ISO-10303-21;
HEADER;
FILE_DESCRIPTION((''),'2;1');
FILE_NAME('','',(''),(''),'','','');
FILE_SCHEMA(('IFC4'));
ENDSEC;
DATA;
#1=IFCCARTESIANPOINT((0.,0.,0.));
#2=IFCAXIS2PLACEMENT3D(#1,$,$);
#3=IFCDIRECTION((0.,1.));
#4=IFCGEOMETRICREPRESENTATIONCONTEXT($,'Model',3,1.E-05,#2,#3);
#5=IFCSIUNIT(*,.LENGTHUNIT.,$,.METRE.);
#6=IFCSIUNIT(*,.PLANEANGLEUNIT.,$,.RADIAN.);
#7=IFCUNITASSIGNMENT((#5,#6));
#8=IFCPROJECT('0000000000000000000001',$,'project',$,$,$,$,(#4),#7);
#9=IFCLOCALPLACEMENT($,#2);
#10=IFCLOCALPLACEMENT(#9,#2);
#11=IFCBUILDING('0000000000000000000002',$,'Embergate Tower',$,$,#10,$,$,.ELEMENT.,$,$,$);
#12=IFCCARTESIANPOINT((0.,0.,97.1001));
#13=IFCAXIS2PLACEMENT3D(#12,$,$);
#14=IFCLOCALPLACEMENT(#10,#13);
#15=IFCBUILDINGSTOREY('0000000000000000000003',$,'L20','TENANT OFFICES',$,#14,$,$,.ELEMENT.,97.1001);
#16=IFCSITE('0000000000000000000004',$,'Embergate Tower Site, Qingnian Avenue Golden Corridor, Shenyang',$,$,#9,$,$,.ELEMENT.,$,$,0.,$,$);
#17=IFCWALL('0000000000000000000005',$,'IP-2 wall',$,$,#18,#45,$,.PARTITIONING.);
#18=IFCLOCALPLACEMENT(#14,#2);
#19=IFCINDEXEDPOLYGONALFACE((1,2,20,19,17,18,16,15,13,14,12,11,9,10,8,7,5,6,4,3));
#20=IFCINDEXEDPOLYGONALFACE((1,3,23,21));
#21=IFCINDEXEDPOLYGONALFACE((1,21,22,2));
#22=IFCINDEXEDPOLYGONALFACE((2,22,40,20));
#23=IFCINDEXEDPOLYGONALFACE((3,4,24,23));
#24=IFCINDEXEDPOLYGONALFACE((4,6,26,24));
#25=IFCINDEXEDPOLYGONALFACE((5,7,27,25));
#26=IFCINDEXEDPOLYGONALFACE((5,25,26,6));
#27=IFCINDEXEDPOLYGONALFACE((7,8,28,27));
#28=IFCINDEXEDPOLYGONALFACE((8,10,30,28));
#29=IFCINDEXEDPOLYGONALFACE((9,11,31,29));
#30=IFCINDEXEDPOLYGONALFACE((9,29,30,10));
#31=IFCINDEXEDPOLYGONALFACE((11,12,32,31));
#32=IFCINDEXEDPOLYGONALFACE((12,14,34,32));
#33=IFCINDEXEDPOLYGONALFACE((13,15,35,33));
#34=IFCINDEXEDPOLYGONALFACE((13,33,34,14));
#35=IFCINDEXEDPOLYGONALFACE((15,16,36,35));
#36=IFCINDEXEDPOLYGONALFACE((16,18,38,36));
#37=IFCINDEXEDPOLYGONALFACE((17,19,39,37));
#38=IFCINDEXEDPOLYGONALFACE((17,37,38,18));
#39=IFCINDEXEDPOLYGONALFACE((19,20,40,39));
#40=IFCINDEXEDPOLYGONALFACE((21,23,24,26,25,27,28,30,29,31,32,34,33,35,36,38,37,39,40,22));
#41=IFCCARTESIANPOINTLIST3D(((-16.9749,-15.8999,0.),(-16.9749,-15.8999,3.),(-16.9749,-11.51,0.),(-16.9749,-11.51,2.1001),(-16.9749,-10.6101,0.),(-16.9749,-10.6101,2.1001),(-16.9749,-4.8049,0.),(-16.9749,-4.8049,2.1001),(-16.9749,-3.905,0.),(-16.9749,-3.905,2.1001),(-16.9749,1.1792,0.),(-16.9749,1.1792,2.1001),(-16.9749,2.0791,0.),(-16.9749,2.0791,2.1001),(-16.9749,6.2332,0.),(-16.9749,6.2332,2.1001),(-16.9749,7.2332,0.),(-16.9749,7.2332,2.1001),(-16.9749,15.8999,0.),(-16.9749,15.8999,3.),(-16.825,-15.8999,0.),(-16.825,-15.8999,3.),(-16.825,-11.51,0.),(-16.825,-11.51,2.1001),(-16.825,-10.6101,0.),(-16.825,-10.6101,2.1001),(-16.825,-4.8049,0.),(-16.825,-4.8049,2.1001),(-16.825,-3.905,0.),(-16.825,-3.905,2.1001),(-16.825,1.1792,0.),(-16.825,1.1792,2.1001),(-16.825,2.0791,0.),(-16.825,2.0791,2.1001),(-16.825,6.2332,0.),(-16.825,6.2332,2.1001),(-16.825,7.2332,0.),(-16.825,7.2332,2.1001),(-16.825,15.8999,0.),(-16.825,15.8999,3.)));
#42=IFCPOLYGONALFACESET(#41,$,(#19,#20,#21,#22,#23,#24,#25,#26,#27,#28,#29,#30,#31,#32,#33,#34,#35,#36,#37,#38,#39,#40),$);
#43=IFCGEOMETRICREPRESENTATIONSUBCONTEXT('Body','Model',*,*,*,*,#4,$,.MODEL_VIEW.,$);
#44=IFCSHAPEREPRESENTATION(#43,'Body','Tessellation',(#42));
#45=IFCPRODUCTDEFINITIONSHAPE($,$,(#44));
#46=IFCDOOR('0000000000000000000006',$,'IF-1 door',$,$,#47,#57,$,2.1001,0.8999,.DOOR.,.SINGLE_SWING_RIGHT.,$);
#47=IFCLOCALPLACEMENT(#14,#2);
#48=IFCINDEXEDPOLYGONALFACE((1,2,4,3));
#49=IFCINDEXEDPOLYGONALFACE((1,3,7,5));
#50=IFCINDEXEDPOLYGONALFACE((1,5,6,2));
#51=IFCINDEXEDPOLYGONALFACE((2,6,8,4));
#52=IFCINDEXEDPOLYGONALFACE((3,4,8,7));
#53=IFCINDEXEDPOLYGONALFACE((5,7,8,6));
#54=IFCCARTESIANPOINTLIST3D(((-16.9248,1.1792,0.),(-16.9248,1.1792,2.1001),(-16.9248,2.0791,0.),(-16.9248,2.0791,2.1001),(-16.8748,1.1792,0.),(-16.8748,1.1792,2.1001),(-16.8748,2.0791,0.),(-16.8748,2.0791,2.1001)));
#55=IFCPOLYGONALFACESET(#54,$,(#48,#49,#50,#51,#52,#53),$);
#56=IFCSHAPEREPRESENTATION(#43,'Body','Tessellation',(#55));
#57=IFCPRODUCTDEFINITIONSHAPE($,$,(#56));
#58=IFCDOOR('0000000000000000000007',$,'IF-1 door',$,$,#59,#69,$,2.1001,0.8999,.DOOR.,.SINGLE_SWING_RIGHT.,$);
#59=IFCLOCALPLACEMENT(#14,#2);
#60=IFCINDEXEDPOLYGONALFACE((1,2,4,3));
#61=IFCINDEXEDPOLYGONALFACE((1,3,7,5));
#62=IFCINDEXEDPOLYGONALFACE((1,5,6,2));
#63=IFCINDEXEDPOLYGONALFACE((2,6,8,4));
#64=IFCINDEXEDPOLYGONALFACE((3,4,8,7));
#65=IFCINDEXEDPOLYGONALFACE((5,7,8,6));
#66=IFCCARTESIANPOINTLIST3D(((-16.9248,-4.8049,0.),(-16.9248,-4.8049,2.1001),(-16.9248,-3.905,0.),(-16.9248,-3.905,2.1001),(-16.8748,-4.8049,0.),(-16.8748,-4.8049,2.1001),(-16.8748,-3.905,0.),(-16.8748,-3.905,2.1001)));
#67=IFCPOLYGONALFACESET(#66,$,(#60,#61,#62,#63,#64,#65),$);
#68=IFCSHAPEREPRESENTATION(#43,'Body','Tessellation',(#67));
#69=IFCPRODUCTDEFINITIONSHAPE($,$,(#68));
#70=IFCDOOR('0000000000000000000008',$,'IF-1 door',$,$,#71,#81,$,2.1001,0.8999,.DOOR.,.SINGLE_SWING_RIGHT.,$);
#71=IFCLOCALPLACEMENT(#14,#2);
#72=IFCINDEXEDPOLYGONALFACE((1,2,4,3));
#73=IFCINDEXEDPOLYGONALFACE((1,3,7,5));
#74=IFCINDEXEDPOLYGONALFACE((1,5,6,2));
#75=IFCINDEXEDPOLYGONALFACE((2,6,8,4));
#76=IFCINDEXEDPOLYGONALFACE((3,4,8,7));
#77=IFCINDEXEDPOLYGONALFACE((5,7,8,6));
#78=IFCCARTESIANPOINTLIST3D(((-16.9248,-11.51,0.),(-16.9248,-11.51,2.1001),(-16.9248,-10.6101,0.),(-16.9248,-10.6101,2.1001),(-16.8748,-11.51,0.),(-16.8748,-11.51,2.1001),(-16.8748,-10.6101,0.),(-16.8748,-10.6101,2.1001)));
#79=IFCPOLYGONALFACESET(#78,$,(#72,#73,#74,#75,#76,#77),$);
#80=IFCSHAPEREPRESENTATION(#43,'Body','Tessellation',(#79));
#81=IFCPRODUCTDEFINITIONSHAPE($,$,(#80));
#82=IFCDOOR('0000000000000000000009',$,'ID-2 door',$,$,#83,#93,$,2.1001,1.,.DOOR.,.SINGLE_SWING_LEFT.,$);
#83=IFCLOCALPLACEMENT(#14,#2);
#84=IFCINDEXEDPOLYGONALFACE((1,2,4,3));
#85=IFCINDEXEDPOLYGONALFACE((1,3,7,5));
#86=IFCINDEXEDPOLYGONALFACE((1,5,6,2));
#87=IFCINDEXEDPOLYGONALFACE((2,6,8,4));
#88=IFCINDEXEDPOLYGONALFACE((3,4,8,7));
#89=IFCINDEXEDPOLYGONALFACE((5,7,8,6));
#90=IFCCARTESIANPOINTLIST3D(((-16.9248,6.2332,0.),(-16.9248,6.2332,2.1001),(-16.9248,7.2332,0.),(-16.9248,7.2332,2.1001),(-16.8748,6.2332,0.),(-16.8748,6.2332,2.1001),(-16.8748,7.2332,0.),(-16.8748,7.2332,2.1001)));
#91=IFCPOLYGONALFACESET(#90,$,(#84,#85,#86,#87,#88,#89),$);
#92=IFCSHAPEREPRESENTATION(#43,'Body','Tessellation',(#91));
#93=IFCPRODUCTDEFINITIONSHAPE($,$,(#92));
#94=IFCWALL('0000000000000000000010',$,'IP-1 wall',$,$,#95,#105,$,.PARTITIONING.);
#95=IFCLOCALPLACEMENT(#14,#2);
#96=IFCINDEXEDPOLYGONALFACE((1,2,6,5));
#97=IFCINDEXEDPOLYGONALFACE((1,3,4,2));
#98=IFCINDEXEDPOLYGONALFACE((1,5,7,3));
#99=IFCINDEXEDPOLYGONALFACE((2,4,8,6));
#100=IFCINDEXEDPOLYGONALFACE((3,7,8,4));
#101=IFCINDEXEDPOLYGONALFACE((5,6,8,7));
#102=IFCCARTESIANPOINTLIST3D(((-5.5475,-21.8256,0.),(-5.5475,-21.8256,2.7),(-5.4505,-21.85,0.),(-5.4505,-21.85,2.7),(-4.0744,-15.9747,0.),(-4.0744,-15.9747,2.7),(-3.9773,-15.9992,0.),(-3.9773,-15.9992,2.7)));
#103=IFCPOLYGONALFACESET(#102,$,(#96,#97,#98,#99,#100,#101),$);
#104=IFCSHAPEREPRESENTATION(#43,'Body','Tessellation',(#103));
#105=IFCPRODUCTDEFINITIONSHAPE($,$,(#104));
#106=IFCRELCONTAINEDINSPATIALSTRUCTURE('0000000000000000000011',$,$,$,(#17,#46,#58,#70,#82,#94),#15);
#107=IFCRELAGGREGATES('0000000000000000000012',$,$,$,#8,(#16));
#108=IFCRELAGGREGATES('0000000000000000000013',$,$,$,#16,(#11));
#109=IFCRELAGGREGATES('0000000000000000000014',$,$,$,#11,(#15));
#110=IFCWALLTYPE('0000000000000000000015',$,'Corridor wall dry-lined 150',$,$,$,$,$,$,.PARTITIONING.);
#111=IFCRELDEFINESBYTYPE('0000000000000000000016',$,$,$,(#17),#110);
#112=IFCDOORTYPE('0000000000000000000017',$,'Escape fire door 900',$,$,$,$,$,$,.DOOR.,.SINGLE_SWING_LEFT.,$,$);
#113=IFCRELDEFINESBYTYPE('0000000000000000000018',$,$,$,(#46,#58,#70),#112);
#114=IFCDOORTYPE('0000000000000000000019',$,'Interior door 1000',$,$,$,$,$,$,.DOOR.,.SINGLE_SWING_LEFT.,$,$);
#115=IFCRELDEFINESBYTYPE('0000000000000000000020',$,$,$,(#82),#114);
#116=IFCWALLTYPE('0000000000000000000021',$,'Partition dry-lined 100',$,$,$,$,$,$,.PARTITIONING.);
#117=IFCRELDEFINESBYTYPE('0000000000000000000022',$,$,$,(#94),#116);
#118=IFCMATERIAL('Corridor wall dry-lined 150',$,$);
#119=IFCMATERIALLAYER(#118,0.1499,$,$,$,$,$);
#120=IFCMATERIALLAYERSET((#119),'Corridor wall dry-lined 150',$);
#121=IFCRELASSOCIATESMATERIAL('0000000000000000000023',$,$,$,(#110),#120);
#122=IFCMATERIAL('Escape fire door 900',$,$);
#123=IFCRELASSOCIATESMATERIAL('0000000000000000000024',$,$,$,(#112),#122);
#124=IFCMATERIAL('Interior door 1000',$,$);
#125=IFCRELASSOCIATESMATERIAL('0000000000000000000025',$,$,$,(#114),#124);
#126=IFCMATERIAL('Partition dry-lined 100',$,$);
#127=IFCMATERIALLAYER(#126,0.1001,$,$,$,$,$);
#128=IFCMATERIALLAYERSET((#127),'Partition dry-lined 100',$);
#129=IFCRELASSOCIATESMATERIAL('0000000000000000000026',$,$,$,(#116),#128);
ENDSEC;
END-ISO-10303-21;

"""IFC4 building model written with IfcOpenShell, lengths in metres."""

from ifc_helpers import new_model, si_unit, direction, frame, frame_2d, origin, place, context, subcontext, project, spatial, rectangle, extrude, source, transform, mapped, material, layer, layer_set, type_object, element, fill, save


model = new_model("IFC4")

# Units and contexts
model_context = context("Model", 3, precision=1e-05, world=origin(), true_north=direction((0.0, 1.0)))
body_context = subcontext(model_context, "Body", "Model", "MODEL_VIEW")
ifc_project = project(units=[si_unit("LENGTHUNIT", "METRE"), si_unit("PLANEANGLEUNIT", "RADIAN")], contexts=[model_context])

# Site, building, storey
site_placement = place(None, origin())
site = spatial("IfcSite", under=ifc_project, at=site_placement, Name="Embergate Tower Site, Qingnian Avenue Golden Corridor, Shenyang", CompositionType="ELEMENT", RefElevation=0.0)
building_placement = place(site_placement, origin())
building = spatial("IfcBuilding", under=site, at=building_placement, Name="Embergate Tower", CompositionType="ELEMENT")
storey_placement = place(building_placement, frame((0.0, 0.0, 97.1001)))
storey = spatial("IfcBuildingStorey", under=building, at=storey_placement, Name="L20", Description="TENANT OFFICES", CompositionType="ELEMENT", Elevation=97.1001)

# Wall, openings, doors
ifc_material_1 = material(Name="Corridor wall dry-lined 150")
ifc_layer_1 = layer(ifc_material_1, 0.1499)
ifc_layer_set_1 = layer_set([ifc_layer_1], Name="Corridor wall dry-lined 150")
wall_type_1 = type_object("IfcWallType", Name="Corridor wall dry-lined 150", PredefinedType="PARTITIONING", material=ifc_layer_set_1)
shared_shape_1 = source(origin(), body_context, "Body", "SweptSolid", [
    extrude(rectangle(XDim=31.7998, YDim=0.1499, at=frame_2d((15.8999, 0.0))), origin(), (0.0, 0.0, 1.0), 3.0),
])
wall_1_placement = place(storey_placement, frame((-16.8999, -15.8999, 0.0), z_axis=(0.0, 0.0, 1.0), x_axis=(0.0, 1.0, 0.0)))
wall_1 = element("IfcWall", 1, at=wall_1_placement, inside=storey, type_object=wall_type_1, Name="IP-2 wall", PredefinedType="PARTITIONING", context=body_context, shape_type="MappedRepresentation", body=[
    mapped(shared_shape_1, transform((0.0, 0.0, 0.0))),
])
shared_shape_2 = source(origin(), body_context, "Body", "SweptSolid", [
    extrude(rectangle(XDim=1.0, YDim=2.1001, at=frame_2d((0.5, 1.05))), frame((0.0, 0.085, 0.0), z_axis=(0.0, -1.0, 0.0), x_axis=(1.0, 0.0, 0.0)), (0.0, 0.0, 1.0), 0.1699),
])
opening_1_placement = place(wall_1_placement, frame((22.1331, 0.0, 0.0)))
opening_1 = element("IfcOpeningElement", 2, at=opening_1_placement, cuts=wall_1, PredefinedType="OPENING", context=body_context, shape_type="MappedRepresentation", body=[
    mapped(shared_shape_2, transform((0.0, 0.0, 0.0))),
])
shared_shape_3 = source(origin(), body_context, "Body", "SweptSolid", [
    extrude(rectangle(XDim=0.8999, YDim=2.1001, at=frame_2d((0.45, 1.05))), frame((0.0, 0.085, 0.0), z_axis=(0.0, -1.0, 0.0), x_axis=(1.0, 0.0, 0.0)), (0.0, 0.0, 1.0), 0.1699),
])
opening_2_placement = place(wall_1_placement, frame((17.0791, 0.0, 0.0)))
opening_2 = element("IfcOpeningElement", 3, at=opening_2_placement, cuts=wall_1, PredefinedType="OPENING", context=body_context, shape_type="MappedRepresentation", body=[
    mapped(shared_shape_3, transform((0.0, 0.0, 0.0))),
])
opening_3_placement = place(wall_1_placement, frame((11.095, 0.0, 0.0)))
opening_3 = element("IfcOpeningElement", 4, at=opening_3_placement, cuts=wall_1, PredefinedType="OPENING", context=body_context, shape_type="MappedRepresentation", body=[
    mapped(shared_shape_3, transform((0.0, 0.0, 0.0))),
])
opening_4_placement = place(wall_1_placement, frame((4.3899, 0.0, 0.0)))
opening_4 = element("IfcOpeningElement", 5, at=opening_4_placement, cuts=wall_1, PredefinedType="OPENING", context=body_context, shape_type="MappedRepresentation", body=[
    mapped(shared_shape_3, transform((0.0, 0.0, 0.0))),
])
ifc_material_2 = material(Name="Escape fire door 900")
door_type_1 = type_object("IfcDoorType", Name="Escape fire door 900", OperationType="SINGLE_SWING_LEFT", PredefinedType="DOOR", material=ifc_material_2)
shared_shape_4 = source(origin(), body_context, "Body", "SweptSolid", [
    extrude(rectangle(XDim=0.8999, YDim=2.1001, at=frame_2d((0.45, 1.05))), frame((0.0, 0.0249, 0.0), z_axis=(0.0, -1.0, 0.0), x_axis=(1.0, 0.0, 0.0)), (0.0, 0.0, 1.0), 0.05),
])
door_1_placement = place(opening_2_placement, origin())
door_1 = element("IfcDoor", 6, at=door_1_placement, inside=storey, type_object=door_type_1, Name="IF-1 door", OperationType="SINGLE_SWING_RIGHT", OverallHeight=2.1001, OverallWidth=0.8999, PredefinedType="DOOR", context=body_context, shape_type="MappedRepresentation", body=[
    mapped(shared_shape_4, transform((0.0, 0.0, 0.0))),
])
fill(opening_2, door_1)
door_2_placement = place(opening_3_placement, origin())
door_2 = element("IfcDoor", 7, at=door_2_placement, inside=storey, type_object=door_type_1, Name="IF-1 door", OperationType="SINGLE_SWING_RIGHT", OverallHeight=2.1001, OverallWidth=0.8999, PredefinedType="DOOR", context=body_context, shape_type="MappedRepresentation", body=[
    mapped(shared_shape_4, transform((0.0, 0.0, 0.0))),
])
fill(opening_3, door_2)
door_3_placement = place(opening_4_placement, origin())
door_3 = element("IfcDoor", 8, at=door_3_placement, inside=storey, type_object=door_type_1, Name="IF-1 door", OperationType="SINGLE_SWING_RIGHT", OverallHeight=2.1001, OverallWidth=0.8999, PredefinedType="DOOR", context=body_context, shape_type="MappedRepresentation", body=[
    mapped(shared_shape_4, transform((0.0, 0.0, 0.0))),
])
fill(opening_4, door_3)
ifc_material_3 = material(Name="Interior door 1000")
door_type_2 = type_object("IfcDoorType", Name="Interior door 1000", OperationType="SINGLE_SWING_LEFT", PredefinedType="DOOR", material=ifc_material_3)
shared_shape_5 = source(origin(), body_context, "Body", "SweptSolid", [
    extrude(rectangle(XDim=1.0, YDim=2.1001, at=frame_2d((0.5, 1.05))), frame((0.0, 0.0249, 0.0), z_axis=(0.0, -1.0, 0.0), x_axis=(1.0, 0.0, 0.0)), (0.0, 0.0, 1.0), 0.05),
])
door_4_placement = place(opening_1_placement, origin())
door_4 = element("IfcDoor", 9, at=door_4_placement, inside=storey, type_object=door_type_2, Name="ID-2 door", OperationType="SINGLE_SWING_LEFT", OverallHeight=2.1001, OverallWidth=1.0, PredefinedType="DOOR", context=body_context, shape_type="MappedRepresentation", body=[
    mapped(shared_shape_5, transform((0.0, 0.0, 0.0))),
])
fill(opening_1, door_4)

# Wall
ifc_material_4 = material(Name="Partition dry-lined 100")
ifc_layer_2 = layer(ifc_material_4, 0.1001)
ifc_layer_set_2 = layer_set([ifc_layer_2], Name="Partition dry-lined 100")
wall_type_2 = type_object("IfcWallType", Name="Partition dry-lined 100", PredefinedType="PARTITIONING", material=ifc_layer_set_2)
shared_shape_6 = source(origin(), body_context, "Body", "SweptSolid", [
    extrude(rectangle(XDim=6.0334, YDim=0.1001, at=frame_2d((3.0166, 0.0))), origin(), (0.0, 0.0, 1.0), 2.7),
])
wall_2_placement = place(storey_placement, frame((-4.0259, -15.9871, 0.0), z_axis=(0.0, 0.0, 1.0), x_axis=(-0.244163, -0.969734, 0.0)))
element("IfcWall", 10, at=wall_2_placement, inside=storey, type_object=wall_type_2, Name="IP-1 wall", PredefinedType="PARTITIONING", context=body_context, shape_type="MappedRepresentation", body=[
    mapped(shared_shape_6, transform((0.0, 0.0, 0.0))),
])

save(model, "model.ifc")
